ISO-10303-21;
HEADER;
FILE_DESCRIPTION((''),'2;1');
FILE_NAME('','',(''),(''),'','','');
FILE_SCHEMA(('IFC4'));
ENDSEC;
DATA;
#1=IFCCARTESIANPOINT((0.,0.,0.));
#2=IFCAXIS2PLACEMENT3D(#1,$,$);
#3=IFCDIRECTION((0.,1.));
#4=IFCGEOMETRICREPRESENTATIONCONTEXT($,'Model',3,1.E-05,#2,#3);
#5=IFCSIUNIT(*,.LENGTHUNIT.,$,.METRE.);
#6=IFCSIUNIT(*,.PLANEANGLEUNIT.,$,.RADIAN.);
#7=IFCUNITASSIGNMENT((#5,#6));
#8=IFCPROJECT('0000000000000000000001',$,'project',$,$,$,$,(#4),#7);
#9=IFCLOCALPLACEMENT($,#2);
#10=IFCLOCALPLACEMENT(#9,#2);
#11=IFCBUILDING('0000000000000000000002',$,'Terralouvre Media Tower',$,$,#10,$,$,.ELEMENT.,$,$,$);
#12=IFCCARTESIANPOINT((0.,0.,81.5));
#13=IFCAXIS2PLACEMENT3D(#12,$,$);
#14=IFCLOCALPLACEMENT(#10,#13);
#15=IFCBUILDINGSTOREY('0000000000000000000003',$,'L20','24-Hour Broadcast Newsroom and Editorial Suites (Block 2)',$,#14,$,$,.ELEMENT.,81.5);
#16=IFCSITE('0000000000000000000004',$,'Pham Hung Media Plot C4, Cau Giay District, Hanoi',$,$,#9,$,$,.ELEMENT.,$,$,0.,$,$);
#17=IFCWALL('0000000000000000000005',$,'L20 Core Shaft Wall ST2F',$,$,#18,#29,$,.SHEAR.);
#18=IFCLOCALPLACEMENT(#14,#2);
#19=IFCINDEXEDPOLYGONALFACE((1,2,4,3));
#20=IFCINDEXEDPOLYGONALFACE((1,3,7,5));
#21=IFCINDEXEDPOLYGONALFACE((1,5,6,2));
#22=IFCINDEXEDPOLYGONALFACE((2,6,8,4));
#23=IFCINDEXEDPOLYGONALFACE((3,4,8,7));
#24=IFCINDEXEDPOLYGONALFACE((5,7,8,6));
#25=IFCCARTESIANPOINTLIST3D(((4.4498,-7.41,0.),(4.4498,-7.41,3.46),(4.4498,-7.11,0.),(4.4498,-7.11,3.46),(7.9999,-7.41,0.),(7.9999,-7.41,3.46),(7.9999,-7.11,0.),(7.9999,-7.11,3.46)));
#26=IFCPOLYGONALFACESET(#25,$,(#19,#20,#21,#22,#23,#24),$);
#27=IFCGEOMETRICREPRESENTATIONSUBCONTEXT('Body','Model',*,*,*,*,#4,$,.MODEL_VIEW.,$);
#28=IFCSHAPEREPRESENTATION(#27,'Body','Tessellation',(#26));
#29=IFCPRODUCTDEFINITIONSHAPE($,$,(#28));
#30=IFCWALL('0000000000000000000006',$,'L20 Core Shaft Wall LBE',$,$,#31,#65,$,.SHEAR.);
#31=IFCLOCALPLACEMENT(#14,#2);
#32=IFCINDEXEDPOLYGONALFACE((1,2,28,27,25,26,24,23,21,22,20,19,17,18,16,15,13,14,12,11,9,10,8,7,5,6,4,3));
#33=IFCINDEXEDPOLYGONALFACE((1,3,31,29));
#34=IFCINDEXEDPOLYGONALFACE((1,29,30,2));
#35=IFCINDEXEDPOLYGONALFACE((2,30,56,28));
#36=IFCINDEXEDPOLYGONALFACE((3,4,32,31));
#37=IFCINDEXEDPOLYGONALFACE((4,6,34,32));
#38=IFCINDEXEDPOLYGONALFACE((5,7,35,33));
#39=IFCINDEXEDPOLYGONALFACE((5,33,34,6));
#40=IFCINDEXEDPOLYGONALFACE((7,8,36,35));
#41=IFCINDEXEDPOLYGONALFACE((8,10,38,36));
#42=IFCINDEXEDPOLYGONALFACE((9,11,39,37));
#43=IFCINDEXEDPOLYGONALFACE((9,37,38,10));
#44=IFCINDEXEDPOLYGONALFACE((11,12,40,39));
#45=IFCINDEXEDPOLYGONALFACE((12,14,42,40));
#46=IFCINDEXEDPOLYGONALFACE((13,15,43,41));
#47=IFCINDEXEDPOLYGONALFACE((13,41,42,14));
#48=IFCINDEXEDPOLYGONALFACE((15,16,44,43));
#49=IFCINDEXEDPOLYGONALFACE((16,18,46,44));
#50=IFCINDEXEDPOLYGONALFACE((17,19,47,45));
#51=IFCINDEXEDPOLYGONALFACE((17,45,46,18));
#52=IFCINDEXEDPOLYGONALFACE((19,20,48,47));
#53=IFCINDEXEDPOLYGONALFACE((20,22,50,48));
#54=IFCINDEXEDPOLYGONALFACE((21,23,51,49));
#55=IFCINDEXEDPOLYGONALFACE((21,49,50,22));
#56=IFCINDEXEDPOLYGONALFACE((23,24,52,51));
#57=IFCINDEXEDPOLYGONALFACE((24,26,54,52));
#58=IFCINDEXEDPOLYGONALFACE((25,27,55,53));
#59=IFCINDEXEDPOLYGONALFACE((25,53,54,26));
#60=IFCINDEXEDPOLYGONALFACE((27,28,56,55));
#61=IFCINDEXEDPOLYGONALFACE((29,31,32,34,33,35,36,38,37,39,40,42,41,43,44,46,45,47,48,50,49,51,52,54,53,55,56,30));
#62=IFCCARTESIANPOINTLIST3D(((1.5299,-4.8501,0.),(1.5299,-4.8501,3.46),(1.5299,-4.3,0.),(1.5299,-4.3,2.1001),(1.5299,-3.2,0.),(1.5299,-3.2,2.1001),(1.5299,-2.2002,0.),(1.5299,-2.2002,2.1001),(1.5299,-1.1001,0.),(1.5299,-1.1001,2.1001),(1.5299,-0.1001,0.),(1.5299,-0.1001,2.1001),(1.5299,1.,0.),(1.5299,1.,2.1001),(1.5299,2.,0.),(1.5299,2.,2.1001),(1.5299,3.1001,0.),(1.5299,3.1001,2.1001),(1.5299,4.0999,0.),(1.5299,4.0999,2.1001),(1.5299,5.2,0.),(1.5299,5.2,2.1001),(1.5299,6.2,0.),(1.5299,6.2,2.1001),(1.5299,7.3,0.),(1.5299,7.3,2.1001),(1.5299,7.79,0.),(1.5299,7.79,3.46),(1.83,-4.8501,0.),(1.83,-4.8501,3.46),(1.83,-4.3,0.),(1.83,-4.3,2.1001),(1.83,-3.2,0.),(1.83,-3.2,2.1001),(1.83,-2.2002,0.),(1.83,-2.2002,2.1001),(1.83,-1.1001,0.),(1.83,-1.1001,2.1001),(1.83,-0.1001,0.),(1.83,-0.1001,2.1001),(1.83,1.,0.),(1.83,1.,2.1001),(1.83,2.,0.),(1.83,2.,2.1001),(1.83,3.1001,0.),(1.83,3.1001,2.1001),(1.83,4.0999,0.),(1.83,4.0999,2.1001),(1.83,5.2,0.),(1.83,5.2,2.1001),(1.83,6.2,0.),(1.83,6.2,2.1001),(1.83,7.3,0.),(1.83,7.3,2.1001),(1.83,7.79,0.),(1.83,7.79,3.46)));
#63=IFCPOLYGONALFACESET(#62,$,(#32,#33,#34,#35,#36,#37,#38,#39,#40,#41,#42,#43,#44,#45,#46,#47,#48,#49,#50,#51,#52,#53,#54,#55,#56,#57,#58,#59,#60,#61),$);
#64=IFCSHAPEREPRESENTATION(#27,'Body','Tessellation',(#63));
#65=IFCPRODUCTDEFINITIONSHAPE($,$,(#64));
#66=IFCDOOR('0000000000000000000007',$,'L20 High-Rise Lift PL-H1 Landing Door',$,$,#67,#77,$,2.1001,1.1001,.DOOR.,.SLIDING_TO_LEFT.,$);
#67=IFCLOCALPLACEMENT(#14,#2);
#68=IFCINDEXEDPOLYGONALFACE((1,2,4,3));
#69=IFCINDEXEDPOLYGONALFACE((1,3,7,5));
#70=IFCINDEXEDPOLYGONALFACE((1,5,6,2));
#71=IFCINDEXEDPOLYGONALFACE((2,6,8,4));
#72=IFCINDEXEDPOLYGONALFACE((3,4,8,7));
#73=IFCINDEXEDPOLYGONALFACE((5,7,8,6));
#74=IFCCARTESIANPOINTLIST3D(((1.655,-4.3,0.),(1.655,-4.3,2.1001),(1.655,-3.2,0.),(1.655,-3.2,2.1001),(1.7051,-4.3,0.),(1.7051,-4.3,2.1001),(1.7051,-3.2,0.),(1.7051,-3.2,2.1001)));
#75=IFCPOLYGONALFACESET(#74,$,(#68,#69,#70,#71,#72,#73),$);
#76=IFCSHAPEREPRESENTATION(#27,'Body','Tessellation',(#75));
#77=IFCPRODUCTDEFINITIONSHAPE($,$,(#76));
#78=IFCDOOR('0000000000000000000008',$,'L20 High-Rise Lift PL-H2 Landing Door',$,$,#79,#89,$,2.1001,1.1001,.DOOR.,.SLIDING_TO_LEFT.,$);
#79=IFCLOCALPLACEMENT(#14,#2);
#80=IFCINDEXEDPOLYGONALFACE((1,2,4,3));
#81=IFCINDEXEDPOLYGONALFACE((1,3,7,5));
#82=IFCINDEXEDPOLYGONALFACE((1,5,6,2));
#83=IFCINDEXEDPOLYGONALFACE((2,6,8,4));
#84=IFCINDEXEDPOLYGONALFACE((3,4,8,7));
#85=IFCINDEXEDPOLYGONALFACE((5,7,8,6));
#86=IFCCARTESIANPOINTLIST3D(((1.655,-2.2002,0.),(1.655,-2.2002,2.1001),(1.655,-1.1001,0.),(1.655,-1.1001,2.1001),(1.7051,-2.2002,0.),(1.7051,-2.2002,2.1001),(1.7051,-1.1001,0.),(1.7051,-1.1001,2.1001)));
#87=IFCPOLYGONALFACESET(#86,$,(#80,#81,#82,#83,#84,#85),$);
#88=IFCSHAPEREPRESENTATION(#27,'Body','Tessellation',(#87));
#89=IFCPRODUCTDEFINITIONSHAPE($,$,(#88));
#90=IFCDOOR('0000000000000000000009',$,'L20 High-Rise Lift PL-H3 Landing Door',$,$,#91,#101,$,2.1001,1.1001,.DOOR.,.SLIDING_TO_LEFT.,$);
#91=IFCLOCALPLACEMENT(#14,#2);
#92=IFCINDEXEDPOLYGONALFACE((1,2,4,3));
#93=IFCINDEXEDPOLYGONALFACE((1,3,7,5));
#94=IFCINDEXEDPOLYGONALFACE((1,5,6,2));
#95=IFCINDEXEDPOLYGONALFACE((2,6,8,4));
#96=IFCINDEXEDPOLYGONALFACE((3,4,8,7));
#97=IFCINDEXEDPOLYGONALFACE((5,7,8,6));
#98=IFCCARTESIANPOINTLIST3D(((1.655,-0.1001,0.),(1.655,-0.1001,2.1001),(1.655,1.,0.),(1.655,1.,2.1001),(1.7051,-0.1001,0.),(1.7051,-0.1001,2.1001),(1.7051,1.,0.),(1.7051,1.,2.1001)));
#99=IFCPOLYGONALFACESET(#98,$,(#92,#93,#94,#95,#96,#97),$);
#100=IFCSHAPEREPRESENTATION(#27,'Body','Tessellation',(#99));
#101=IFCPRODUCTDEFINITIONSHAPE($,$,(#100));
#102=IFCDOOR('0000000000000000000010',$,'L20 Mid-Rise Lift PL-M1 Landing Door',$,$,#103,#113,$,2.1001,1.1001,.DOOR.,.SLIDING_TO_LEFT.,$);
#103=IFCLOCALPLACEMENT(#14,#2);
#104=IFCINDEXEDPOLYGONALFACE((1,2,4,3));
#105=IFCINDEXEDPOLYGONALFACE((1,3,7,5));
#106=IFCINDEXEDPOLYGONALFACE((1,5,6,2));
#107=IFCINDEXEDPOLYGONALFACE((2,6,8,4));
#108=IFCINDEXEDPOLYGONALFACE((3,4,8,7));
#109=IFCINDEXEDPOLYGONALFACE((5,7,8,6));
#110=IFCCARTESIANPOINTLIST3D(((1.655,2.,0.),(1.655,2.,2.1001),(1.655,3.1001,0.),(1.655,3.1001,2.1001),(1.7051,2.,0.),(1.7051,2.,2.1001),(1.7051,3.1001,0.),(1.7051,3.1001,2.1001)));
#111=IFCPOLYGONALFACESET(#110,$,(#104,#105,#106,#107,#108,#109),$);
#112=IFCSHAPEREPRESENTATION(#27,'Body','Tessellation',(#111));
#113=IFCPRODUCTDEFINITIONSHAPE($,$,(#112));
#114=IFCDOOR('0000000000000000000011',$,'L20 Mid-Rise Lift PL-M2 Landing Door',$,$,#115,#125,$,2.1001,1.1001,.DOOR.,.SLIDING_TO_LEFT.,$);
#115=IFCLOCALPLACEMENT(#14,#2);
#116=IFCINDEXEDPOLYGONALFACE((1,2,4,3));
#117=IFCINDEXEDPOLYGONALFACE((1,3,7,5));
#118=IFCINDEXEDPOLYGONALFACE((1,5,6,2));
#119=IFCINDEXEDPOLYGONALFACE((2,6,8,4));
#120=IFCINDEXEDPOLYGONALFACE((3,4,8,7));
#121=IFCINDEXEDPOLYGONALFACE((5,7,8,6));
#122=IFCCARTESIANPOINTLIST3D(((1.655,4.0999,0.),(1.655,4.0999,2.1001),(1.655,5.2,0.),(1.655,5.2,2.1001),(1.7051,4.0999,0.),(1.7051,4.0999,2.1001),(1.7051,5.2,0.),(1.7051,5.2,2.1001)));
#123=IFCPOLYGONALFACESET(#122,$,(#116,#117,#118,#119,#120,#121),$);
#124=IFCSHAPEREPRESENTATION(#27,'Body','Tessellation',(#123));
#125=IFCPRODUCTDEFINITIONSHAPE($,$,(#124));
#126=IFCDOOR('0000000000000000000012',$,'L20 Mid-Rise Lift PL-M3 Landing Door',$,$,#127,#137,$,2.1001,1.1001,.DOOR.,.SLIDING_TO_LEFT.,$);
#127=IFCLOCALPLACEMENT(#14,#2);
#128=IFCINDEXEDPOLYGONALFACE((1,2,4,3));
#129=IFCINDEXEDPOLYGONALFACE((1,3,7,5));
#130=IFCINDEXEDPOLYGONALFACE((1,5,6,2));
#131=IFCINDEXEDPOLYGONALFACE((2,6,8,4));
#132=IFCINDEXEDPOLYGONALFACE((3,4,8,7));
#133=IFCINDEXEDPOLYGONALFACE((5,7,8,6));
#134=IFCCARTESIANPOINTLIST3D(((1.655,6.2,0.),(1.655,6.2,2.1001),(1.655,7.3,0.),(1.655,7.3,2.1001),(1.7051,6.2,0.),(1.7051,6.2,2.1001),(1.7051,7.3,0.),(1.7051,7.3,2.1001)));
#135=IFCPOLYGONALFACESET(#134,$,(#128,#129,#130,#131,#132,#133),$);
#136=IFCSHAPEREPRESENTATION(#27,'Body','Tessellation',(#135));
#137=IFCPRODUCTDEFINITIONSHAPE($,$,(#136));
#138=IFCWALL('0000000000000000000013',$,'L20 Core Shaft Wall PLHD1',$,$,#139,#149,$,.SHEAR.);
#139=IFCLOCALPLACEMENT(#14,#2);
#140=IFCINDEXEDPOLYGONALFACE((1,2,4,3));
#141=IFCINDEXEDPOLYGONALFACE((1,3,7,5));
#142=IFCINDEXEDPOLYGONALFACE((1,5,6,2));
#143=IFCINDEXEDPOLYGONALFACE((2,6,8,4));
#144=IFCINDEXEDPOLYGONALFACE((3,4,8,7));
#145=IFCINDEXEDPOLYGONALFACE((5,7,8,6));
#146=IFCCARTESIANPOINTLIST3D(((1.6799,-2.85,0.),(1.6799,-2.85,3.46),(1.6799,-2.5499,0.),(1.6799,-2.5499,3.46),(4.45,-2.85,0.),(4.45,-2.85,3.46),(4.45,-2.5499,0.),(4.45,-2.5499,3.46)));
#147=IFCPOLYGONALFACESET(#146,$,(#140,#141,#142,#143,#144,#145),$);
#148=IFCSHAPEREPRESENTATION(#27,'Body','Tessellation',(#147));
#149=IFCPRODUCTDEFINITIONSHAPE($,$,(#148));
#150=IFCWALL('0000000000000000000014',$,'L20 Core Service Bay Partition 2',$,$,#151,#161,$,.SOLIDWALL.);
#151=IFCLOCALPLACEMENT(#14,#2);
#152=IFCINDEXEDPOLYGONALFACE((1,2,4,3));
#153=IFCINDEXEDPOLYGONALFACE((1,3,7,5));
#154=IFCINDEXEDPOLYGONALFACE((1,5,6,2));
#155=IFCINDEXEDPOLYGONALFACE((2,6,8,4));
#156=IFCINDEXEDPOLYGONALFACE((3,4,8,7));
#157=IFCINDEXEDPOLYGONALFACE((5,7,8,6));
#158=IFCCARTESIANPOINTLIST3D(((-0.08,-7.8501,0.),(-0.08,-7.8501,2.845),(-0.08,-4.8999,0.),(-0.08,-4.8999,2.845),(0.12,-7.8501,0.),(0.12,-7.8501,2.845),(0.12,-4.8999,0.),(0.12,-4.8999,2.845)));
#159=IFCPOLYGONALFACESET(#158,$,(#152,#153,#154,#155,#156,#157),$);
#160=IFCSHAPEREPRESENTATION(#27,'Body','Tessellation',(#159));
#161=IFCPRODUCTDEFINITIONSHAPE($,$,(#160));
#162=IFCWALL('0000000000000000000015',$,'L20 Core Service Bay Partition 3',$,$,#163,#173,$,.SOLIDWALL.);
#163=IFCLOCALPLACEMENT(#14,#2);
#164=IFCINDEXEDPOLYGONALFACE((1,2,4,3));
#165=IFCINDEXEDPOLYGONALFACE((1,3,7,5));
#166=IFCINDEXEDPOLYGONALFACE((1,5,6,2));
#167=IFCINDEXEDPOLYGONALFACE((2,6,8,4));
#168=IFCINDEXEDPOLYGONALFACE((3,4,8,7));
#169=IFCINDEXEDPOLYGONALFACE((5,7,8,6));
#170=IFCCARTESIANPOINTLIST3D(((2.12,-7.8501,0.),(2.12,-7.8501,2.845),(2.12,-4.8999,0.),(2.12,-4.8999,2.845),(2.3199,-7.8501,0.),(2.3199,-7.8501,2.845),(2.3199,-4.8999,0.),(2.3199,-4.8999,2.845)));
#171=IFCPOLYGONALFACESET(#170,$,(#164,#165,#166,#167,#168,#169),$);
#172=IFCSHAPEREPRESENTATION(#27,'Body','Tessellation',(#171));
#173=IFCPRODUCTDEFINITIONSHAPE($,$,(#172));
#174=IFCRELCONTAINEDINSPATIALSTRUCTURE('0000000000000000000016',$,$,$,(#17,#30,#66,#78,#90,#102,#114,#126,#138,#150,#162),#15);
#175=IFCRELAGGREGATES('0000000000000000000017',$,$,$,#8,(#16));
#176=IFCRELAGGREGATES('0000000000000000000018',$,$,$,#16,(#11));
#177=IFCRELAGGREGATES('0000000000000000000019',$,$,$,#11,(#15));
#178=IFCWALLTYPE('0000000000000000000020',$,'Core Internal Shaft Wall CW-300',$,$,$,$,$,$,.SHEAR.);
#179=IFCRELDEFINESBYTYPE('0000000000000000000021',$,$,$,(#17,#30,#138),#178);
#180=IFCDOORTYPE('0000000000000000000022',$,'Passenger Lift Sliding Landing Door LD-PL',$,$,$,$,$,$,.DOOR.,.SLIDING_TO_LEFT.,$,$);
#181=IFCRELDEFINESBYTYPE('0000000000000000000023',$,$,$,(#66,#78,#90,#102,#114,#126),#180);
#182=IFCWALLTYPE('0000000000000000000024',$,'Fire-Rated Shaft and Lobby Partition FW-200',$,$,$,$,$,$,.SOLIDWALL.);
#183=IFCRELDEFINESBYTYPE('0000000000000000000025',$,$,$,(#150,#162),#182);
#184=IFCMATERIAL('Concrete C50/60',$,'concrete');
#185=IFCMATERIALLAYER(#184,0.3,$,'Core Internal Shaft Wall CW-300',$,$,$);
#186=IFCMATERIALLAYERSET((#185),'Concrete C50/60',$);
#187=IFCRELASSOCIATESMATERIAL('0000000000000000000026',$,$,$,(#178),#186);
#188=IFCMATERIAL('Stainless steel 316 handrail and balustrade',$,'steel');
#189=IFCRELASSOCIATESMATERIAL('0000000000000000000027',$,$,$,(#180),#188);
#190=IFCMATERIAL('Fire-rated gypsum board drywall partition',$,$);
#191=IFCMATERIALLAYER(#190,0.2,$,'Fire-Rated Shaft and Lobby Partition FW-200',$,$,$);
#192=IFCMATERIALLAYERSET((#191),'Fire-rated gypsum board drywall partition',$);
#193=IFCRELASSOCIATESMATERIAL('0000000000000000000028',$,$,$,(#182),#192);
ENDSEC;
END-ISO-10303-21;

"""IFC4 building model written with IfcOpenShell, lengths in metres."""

from ifc_helpers import new_model, si_unit, direction, frame, frame_2d, origin, place, context, subcontext, project, spatial, rectangle, extrude, material, layer, layer_set, type_object, element, fill, save


model = new_model("IFC4")

# Units and contexts
model_context = context("Model", 3, precision=1e-05, world=origin(), true_north=direction((0.0, 1.0)))
body_context = subcontext(model_context, "Body", "Model", "MODEL_VIEW")
ifc_project = project(units=[si_unit("LENGTHUNIT", "METRE"), si_unit("PLANEANGLEUNIT", "RADIAN")], contexts=[model_context])

# Site, building, storey
site_placement = place(None, origin())
site = spatial("IfcSite", under=ifc_project, at=site_placement, Name="Pham Hung Media Plot C4, Cau Giay District, Hanoi", CompositionType="ELEMENT", RefElevation=0.0)
building_placement = place(site_placement, origin())
building = spatial("IfcBuilding", under=site, at=building_placement, Name="Terralouvre Media Tower", CompositionType="ELEMENT")
storey_placement = place(building_placement, frame((0.0, 0.0, 81.5)))
storey = spatial("IfcBuildingStorey", under=building, at=storey_placement, Name="L20", Description="24-Hour Broadcast Newsroom and Editorial Suites (Block 2)", CompositionType="ELEMENT", Elevation=81.5)

# Wall
ifc_material_1 = material(Name="Concrete C50/60", Category="concrete")
ifc_layer_1 = layer(ifc_material_1, 0.3, Name="Core Internal Shaft Wall CW-300")
ifc_layer_set_1 = layer_set([ifc_layer_1], Name="Concrete C50/60")
wall_type_1 = type_object("IfcWallType", Name="Core Internal Shaft Wall CW-300", PredefinedType="SHEAR", material=ifc_layer_set_1)
wall_1_placement = place(storey_placement, frame((4.45, -7.26, 0.0), z_axis=(0.0, 0.0, 1.0), x_axis=(1.0, 0.0, 0.0)))
element("IfcWall", 1, at=wall_1_placement, inside=storey, type_object=wall_type_1, Name="L20 Core Shaft Wall ST2F", PredefinedType="SHEAR", context=body_context, shape_type="SweptSolid", body=[
    extrude(rectangle(XDim=3.55, YDim=0.3, at=frame_2d((1.7749, 0.0))), origin(), (0.0, 0.0, 1.0), 3.46),
])

# Wall, openings, doors
wall_2_placement = place(storey_placement, frame((1.6799, -4.8501, 0.0), z_axis=(0.0, 0.0, 1.0), x_axis=(0.0, 1.0, 0.0)))
wall_2 = element("IfcWall", 2, at=wall_2_placement, inside=storey, type_object=wall_type_1, Name="L20 Core Shaft Wall LBE", PredefinedType="SHEAR", context=body_context, shape_type="SweptSolid", body=[
    extrude(rectangle(XDim=12.6401, YDim=0.3, at=frame_2d((6.3201, 0.0))), origin(), (0.0, 0.0, 1.0), 3.46),
])
opening_1_placement = place(wall_2_placement, frame((0.55, 0.0, 0.0)))
opening_1 = element("IfcOpeningElement", 3, at=opening_1_placement, cuts=wall_2, PredefinedType="OPENING", context=body_context, shape_type="SweptSolid", body=[
    extrude(rectangle(XDim=1.1001, YDim=2.1001, at=frame_2d((0.55, 1.05))), frame((0.0, 0.1599, 0.0), z_axis=(0.0, -1.0, 0.0), x_axis=(1.0, 0.0, 0.0)), (0.0, 0.0, 1.0), 0.3201),
])
opening_2_placement = place(wall_2_placement, frame((2.6499, 0.0, 0.0)))
opening_2 = element("IfcOpeningElement", 4, at=opening_2_placement, cuts=wall_2, PredefinedType="OPENING", context=body_context, shape_type="SweptSolid", body=[
    extrude(rectangle(XDim=1.1001, YDim=2.1001, at=frame_2d((0.55, 1.05))), frame((0.0, 0.1599, 0.0), z_axis=(0.0, -1.0, 0.0), x_axis=(1.0, 0.0, 0.0)), (0.0, 0.0, 1.0), 0.3201),
])
opening_3_placement = place(wall_2_placement, frame((4.75, 0.0, 0.0)))
opening_3 = element("IfcOpeningElement", 5, at=opening_3_placement, cuts=wall_2, PredefinedType="OPENING", context=body_context, shape_type="SweptSolid", body=[
    extrude(rectangle(XDim=1.1001, YDim=2.1001, at=frame_2d((0.55, 1.05))), frame((0.0, 0.1599, 0.0), z_axis=(0.0, -1.0, 0.0), x_axis=(1.0, 0.0, 0.0)), (0.0, 0.0, 1.0), 0.3201),
])
opening_4_placement = place(wall_2_placement, frame((6.8501, 0.0, 0.0)))
opening_4 = element("IfcOpeningElement", 6, at=opening_4_placement, cuts=wall_2, PredefinedType="OPENING", context=body_context, shape_type="SweptSolid", body=[
    extrude(rectangle(XDim=1.1001, YDim=2.1001, at=frame_2d((0.55, 1.05))), frame((0.0, 0.1599, 0.0), z_axis=(0.0, -1.0, 0.0), x_axis=(1.0, 0.0, 0.0)), (0.0, 0.0, 1.0), 0.3201),
])
opening_5_placement = place(wall_2_placement, frame((8.95, 0.0, 0.0)))
opening_5 = element("IfcOpeningElement", 7, at=opening_5_placement, cuts=wall_2, PredefinedType="OPENING", context=body_context, shape_type="SweptSolid", body=[
    extrude(rectangle(XDim=1.1001, YDim=2.1001, at=frame_2d((0.55, 1.05))), frame((0.0, 0.1599, 0.0), z_axis=(0.0, -1.0, 0.0), x_axis=(1.0, 0.0, 0.0)), (0.0, 0.0, 1.0), 0.3201),
])
opening_6_placement = place(wall_2_placement, frame((11.05, 0.0, 0.0)))
opening_6 = element("IfcOpeningElement", 8, at=opening_6_placement, cuts=wall_2, PredefinedType="OPENING", context=body_context, shape_type="SweptSolid", body=[
    extrude(rectangle(XDim=1.1001, YDim=2.1001, at=frame_2d((0.55, 1.05))), frame((0.0, 0.1599, 0.0), z_axis=(0.0, -1.0, 0.0), x_axis=(1.0, 0.0, 0.0)), (0.0, 0.0, 1.0), 0.3201),
])
ifc_material_2 = material(Name="Stainless steel 316 handrail and balustrade", Category="steel")
door_type_1 = type_object("IfcDoorType", Name="Passenger Lift Sliding Landing Door LD-PL", OperationType="SLIDING_TO_LEFT", PredefinedType="DOOR", material=ifc_material_2)
door_1_placement = place(opening_1_placement, origin())
door_1 = element("IfcDoor", 9, at=door_1_placement, inside=storey, type_object=door_type_1, Name="L20 High-Rise Lift PL-H1 Landing Door", OperationType="SLIDING_TO_LEFT", OverallHeight=2.1001, OverallWidth=1.1001, PredefinedType="DOOR", context=body_context, shape_type="SweptSolid", body=[
    extrude(rectangle(XDim=1.1001, YDim=2.1001, at=frame_2d((0.55, 1.05))), frame((0.0, 0.0249, 0.0), z_axis=(0.0, -1.0, 0.0), x_axis=(1.0, 0.0, 0.0)), (0.0, 0.0, 1.0), 0.05),
])
fill(opening_1, door_1)
door_2_placement = place(opening_2_placement, origin())
door_2 = element("IfcDoor", 10, at=door_2_placement, inside=storey, type_object=door_type_1, Name="L20 High-Rise Lift PL-H2 Landing Door", OperationType="SLIDING_TO_LEFT", OverallHeight=2.1001, OverallWidth=1.1001, PredefinedType="DOOR", context=body_context, shape_type="SweptSolid", body=[
    extrude(rectangle(XDim=1.1001, YDim=2.1001, at=frame_2d((0.55, 1.05))), frame((0.0, 0.0249, 0.0), z_axis=(0.0, -1.0, 0.0), x_axis=(1.0, 0.0, 0.0)), (0.0, 0.0, 1.0), 0.05),
])
fill(opening_2, door_2)
door_3_placement = place(opening_3_placement, origin())
door_3 = element("IfcDoor", 11, at=door_3_placement, inside=storey, type_object=door_type_1, Name="L20 High-Rise Lift PL-H3 Landing Door", OperationType="SLIDING_TO_LEFT", OverallHeight=2.1001, OverallWidth=1.1001, PredefinedType="DOOR", context=body_context, shape_type="SweptSolid", body=[
    extrude(rectangle(XDim=1.1001, YDim=2.1001, at=frame_2d((0.55, 1.05))), frame((0.0, 0.0249, 0.0), z_axis=(0.0, -1.0, 0.0), x_axis=(1.0, 0.0, 0.0)), (0.0, 0.0, 1.0), 0.05),
])
fill(opening_3, door_3)
door_4_placement = place(opening_4_placement, origin())
door_4 = element("IfcDoor", 12, at=door_4_placement, inside=storey, type_object=door_type_1, Name="L20 Mid-Rise Lift PL-M1 Landing Door", OperationType="SLIDING_TO_LEFT", OverallHeight=2.1001, OverallWidth=1.1001, PredefinedType="DOOR", context=body_context, shape_type="SweptSolid", body=[
    extrude(rectangle(XDim=1.1001, YDim=2.1001, at=frame_2d((0.55, 1.05))), frame((0.0, 0.0249, 0.0), z_axis=(0.0, -1.0, 0.0), x_axis=(1.0, 0.0, 0.0)), (0.0, 0.0, 1.0), 0.05),
])
fill(opening_4, door_4)
door_5_placement = place(opening_5_placement, origin())
door_5 = element("IfcDoor", 13, at=door_5_placement, inside=storey, type_object=door_type_1, Name="L20 Mid-Rise Lift PL-M2 Landing Door", OperationType="SLIDING_TO_LEFT", OverallHeight=2.1001, OverallWidth=1.1001, PredefinedType="DOOR", context=body_context, shape_type="SweptSolid", body=[
    extrude(rectangle(XDim=1.1001, YDim=2.1001, at=frame_2d((0.55, 1.05))), frame((0.0, 0.0249, 0.0), z_axis=(0.0, -1.0, 0.0), x_axis=(1.0, 0.0, 0.0)), (0.0, 0.0, 1.0), 0.05),
])
fill(opening_5, door_5)
door_6_placement = place(opening_6_placement, origin())
door_6 = element("IfcDoor", 14, at=door_6_placement, inside=storey, type_object=door_type_1, Name="L20 Mid-Rise Lift PL-M3 Landing Door", OperationType="SLIDING_TO_LEFT", OverallHeight=2.1001, OverallWidth=1.1001, PredefinedType="DOOR", context=body_context, shape_type="SweptSolid", body=[
    extrude(rectangle(XDim=1.1001, YDim=2.1001, at=frame_2d((0.55, 1.05))), frame((0.0, 0.0249, 0.0), z_axis=(0.0, -1.0, 0.0), x_axis=(1.0, 0.0, 0.0)), (0.0, 0.0, 1.0), 0.05),
])
fill(opening_6, door_6)

# Walls
wall_3_placement = place(storey_placement, frame((1.6799, -2.7, 0.0), z_axis=(0.0, 0.0, 1.0), x_axis=(1.0, 0.0, 0.0)))
element("IfcWall", 15, at=wall_3_placement, inside=storey, type_object=wall_type_1, Name="L20 Core Shaft Wall PLHD1", PredefinedType="SHEAR", context=body_context, shape_type="SweptSolid", body=[
    extrude(rectangle(XDim=2.77, YDim=0.3, at=frame_2d((1.385, 0.0))), origin(), (0.0, 0.0, 1.0), 3.46),
])
ifc_material_3 = material(Name="Fire-rated gypsum board drywall partition")
ifc_layer_2 = layer(ifc_material_3, 0.2, Name="Fire-Rated Shaft and Lobby Partition FW-200")
ifc_layer_set_2 = layer_set([ifc_layer_2], Name="Fire-rated gypsum board drywall partition")
wall_type_2 = type_object("IfcWallType", Name="Fire-Rated Shaft and Lobby Partition FW-200", PredefinedType="SOLIDWALL", material=ifc_layer_set_2)
for number, where, z_axis, x_axis, name in (
    (16, (0.02, -7.8501, 0.0), (0.0, 0.0, 1.0), (0.0, 1.0, 0.0), "L20 Core Service Bay Partition 2"),
    (17, (2.22, -7.8501, 0.0), (0.0, 0.0, 1.0), (0.0, 1.0, 0.0), "L20 Core Service Bay Partition 3"),
):
    element("IfcWall", number, at=place(storey_placement, frame(where, z_axis=z_axis, x_axis=x_axis)), inside=storey, type_object=wall_type_2, Name=name, PredefinedType="SOLIDWALL", context=body_context, shape_type="SweptSolid", body=[
        extrude(rectangle(XDim=2.9502, YDim=0.2, at=frame_2d((1.4751, 0.0))), origin(), (0.0, 0.0, 1.0), 2.845),
    ])

save(model, "model.ifc")
